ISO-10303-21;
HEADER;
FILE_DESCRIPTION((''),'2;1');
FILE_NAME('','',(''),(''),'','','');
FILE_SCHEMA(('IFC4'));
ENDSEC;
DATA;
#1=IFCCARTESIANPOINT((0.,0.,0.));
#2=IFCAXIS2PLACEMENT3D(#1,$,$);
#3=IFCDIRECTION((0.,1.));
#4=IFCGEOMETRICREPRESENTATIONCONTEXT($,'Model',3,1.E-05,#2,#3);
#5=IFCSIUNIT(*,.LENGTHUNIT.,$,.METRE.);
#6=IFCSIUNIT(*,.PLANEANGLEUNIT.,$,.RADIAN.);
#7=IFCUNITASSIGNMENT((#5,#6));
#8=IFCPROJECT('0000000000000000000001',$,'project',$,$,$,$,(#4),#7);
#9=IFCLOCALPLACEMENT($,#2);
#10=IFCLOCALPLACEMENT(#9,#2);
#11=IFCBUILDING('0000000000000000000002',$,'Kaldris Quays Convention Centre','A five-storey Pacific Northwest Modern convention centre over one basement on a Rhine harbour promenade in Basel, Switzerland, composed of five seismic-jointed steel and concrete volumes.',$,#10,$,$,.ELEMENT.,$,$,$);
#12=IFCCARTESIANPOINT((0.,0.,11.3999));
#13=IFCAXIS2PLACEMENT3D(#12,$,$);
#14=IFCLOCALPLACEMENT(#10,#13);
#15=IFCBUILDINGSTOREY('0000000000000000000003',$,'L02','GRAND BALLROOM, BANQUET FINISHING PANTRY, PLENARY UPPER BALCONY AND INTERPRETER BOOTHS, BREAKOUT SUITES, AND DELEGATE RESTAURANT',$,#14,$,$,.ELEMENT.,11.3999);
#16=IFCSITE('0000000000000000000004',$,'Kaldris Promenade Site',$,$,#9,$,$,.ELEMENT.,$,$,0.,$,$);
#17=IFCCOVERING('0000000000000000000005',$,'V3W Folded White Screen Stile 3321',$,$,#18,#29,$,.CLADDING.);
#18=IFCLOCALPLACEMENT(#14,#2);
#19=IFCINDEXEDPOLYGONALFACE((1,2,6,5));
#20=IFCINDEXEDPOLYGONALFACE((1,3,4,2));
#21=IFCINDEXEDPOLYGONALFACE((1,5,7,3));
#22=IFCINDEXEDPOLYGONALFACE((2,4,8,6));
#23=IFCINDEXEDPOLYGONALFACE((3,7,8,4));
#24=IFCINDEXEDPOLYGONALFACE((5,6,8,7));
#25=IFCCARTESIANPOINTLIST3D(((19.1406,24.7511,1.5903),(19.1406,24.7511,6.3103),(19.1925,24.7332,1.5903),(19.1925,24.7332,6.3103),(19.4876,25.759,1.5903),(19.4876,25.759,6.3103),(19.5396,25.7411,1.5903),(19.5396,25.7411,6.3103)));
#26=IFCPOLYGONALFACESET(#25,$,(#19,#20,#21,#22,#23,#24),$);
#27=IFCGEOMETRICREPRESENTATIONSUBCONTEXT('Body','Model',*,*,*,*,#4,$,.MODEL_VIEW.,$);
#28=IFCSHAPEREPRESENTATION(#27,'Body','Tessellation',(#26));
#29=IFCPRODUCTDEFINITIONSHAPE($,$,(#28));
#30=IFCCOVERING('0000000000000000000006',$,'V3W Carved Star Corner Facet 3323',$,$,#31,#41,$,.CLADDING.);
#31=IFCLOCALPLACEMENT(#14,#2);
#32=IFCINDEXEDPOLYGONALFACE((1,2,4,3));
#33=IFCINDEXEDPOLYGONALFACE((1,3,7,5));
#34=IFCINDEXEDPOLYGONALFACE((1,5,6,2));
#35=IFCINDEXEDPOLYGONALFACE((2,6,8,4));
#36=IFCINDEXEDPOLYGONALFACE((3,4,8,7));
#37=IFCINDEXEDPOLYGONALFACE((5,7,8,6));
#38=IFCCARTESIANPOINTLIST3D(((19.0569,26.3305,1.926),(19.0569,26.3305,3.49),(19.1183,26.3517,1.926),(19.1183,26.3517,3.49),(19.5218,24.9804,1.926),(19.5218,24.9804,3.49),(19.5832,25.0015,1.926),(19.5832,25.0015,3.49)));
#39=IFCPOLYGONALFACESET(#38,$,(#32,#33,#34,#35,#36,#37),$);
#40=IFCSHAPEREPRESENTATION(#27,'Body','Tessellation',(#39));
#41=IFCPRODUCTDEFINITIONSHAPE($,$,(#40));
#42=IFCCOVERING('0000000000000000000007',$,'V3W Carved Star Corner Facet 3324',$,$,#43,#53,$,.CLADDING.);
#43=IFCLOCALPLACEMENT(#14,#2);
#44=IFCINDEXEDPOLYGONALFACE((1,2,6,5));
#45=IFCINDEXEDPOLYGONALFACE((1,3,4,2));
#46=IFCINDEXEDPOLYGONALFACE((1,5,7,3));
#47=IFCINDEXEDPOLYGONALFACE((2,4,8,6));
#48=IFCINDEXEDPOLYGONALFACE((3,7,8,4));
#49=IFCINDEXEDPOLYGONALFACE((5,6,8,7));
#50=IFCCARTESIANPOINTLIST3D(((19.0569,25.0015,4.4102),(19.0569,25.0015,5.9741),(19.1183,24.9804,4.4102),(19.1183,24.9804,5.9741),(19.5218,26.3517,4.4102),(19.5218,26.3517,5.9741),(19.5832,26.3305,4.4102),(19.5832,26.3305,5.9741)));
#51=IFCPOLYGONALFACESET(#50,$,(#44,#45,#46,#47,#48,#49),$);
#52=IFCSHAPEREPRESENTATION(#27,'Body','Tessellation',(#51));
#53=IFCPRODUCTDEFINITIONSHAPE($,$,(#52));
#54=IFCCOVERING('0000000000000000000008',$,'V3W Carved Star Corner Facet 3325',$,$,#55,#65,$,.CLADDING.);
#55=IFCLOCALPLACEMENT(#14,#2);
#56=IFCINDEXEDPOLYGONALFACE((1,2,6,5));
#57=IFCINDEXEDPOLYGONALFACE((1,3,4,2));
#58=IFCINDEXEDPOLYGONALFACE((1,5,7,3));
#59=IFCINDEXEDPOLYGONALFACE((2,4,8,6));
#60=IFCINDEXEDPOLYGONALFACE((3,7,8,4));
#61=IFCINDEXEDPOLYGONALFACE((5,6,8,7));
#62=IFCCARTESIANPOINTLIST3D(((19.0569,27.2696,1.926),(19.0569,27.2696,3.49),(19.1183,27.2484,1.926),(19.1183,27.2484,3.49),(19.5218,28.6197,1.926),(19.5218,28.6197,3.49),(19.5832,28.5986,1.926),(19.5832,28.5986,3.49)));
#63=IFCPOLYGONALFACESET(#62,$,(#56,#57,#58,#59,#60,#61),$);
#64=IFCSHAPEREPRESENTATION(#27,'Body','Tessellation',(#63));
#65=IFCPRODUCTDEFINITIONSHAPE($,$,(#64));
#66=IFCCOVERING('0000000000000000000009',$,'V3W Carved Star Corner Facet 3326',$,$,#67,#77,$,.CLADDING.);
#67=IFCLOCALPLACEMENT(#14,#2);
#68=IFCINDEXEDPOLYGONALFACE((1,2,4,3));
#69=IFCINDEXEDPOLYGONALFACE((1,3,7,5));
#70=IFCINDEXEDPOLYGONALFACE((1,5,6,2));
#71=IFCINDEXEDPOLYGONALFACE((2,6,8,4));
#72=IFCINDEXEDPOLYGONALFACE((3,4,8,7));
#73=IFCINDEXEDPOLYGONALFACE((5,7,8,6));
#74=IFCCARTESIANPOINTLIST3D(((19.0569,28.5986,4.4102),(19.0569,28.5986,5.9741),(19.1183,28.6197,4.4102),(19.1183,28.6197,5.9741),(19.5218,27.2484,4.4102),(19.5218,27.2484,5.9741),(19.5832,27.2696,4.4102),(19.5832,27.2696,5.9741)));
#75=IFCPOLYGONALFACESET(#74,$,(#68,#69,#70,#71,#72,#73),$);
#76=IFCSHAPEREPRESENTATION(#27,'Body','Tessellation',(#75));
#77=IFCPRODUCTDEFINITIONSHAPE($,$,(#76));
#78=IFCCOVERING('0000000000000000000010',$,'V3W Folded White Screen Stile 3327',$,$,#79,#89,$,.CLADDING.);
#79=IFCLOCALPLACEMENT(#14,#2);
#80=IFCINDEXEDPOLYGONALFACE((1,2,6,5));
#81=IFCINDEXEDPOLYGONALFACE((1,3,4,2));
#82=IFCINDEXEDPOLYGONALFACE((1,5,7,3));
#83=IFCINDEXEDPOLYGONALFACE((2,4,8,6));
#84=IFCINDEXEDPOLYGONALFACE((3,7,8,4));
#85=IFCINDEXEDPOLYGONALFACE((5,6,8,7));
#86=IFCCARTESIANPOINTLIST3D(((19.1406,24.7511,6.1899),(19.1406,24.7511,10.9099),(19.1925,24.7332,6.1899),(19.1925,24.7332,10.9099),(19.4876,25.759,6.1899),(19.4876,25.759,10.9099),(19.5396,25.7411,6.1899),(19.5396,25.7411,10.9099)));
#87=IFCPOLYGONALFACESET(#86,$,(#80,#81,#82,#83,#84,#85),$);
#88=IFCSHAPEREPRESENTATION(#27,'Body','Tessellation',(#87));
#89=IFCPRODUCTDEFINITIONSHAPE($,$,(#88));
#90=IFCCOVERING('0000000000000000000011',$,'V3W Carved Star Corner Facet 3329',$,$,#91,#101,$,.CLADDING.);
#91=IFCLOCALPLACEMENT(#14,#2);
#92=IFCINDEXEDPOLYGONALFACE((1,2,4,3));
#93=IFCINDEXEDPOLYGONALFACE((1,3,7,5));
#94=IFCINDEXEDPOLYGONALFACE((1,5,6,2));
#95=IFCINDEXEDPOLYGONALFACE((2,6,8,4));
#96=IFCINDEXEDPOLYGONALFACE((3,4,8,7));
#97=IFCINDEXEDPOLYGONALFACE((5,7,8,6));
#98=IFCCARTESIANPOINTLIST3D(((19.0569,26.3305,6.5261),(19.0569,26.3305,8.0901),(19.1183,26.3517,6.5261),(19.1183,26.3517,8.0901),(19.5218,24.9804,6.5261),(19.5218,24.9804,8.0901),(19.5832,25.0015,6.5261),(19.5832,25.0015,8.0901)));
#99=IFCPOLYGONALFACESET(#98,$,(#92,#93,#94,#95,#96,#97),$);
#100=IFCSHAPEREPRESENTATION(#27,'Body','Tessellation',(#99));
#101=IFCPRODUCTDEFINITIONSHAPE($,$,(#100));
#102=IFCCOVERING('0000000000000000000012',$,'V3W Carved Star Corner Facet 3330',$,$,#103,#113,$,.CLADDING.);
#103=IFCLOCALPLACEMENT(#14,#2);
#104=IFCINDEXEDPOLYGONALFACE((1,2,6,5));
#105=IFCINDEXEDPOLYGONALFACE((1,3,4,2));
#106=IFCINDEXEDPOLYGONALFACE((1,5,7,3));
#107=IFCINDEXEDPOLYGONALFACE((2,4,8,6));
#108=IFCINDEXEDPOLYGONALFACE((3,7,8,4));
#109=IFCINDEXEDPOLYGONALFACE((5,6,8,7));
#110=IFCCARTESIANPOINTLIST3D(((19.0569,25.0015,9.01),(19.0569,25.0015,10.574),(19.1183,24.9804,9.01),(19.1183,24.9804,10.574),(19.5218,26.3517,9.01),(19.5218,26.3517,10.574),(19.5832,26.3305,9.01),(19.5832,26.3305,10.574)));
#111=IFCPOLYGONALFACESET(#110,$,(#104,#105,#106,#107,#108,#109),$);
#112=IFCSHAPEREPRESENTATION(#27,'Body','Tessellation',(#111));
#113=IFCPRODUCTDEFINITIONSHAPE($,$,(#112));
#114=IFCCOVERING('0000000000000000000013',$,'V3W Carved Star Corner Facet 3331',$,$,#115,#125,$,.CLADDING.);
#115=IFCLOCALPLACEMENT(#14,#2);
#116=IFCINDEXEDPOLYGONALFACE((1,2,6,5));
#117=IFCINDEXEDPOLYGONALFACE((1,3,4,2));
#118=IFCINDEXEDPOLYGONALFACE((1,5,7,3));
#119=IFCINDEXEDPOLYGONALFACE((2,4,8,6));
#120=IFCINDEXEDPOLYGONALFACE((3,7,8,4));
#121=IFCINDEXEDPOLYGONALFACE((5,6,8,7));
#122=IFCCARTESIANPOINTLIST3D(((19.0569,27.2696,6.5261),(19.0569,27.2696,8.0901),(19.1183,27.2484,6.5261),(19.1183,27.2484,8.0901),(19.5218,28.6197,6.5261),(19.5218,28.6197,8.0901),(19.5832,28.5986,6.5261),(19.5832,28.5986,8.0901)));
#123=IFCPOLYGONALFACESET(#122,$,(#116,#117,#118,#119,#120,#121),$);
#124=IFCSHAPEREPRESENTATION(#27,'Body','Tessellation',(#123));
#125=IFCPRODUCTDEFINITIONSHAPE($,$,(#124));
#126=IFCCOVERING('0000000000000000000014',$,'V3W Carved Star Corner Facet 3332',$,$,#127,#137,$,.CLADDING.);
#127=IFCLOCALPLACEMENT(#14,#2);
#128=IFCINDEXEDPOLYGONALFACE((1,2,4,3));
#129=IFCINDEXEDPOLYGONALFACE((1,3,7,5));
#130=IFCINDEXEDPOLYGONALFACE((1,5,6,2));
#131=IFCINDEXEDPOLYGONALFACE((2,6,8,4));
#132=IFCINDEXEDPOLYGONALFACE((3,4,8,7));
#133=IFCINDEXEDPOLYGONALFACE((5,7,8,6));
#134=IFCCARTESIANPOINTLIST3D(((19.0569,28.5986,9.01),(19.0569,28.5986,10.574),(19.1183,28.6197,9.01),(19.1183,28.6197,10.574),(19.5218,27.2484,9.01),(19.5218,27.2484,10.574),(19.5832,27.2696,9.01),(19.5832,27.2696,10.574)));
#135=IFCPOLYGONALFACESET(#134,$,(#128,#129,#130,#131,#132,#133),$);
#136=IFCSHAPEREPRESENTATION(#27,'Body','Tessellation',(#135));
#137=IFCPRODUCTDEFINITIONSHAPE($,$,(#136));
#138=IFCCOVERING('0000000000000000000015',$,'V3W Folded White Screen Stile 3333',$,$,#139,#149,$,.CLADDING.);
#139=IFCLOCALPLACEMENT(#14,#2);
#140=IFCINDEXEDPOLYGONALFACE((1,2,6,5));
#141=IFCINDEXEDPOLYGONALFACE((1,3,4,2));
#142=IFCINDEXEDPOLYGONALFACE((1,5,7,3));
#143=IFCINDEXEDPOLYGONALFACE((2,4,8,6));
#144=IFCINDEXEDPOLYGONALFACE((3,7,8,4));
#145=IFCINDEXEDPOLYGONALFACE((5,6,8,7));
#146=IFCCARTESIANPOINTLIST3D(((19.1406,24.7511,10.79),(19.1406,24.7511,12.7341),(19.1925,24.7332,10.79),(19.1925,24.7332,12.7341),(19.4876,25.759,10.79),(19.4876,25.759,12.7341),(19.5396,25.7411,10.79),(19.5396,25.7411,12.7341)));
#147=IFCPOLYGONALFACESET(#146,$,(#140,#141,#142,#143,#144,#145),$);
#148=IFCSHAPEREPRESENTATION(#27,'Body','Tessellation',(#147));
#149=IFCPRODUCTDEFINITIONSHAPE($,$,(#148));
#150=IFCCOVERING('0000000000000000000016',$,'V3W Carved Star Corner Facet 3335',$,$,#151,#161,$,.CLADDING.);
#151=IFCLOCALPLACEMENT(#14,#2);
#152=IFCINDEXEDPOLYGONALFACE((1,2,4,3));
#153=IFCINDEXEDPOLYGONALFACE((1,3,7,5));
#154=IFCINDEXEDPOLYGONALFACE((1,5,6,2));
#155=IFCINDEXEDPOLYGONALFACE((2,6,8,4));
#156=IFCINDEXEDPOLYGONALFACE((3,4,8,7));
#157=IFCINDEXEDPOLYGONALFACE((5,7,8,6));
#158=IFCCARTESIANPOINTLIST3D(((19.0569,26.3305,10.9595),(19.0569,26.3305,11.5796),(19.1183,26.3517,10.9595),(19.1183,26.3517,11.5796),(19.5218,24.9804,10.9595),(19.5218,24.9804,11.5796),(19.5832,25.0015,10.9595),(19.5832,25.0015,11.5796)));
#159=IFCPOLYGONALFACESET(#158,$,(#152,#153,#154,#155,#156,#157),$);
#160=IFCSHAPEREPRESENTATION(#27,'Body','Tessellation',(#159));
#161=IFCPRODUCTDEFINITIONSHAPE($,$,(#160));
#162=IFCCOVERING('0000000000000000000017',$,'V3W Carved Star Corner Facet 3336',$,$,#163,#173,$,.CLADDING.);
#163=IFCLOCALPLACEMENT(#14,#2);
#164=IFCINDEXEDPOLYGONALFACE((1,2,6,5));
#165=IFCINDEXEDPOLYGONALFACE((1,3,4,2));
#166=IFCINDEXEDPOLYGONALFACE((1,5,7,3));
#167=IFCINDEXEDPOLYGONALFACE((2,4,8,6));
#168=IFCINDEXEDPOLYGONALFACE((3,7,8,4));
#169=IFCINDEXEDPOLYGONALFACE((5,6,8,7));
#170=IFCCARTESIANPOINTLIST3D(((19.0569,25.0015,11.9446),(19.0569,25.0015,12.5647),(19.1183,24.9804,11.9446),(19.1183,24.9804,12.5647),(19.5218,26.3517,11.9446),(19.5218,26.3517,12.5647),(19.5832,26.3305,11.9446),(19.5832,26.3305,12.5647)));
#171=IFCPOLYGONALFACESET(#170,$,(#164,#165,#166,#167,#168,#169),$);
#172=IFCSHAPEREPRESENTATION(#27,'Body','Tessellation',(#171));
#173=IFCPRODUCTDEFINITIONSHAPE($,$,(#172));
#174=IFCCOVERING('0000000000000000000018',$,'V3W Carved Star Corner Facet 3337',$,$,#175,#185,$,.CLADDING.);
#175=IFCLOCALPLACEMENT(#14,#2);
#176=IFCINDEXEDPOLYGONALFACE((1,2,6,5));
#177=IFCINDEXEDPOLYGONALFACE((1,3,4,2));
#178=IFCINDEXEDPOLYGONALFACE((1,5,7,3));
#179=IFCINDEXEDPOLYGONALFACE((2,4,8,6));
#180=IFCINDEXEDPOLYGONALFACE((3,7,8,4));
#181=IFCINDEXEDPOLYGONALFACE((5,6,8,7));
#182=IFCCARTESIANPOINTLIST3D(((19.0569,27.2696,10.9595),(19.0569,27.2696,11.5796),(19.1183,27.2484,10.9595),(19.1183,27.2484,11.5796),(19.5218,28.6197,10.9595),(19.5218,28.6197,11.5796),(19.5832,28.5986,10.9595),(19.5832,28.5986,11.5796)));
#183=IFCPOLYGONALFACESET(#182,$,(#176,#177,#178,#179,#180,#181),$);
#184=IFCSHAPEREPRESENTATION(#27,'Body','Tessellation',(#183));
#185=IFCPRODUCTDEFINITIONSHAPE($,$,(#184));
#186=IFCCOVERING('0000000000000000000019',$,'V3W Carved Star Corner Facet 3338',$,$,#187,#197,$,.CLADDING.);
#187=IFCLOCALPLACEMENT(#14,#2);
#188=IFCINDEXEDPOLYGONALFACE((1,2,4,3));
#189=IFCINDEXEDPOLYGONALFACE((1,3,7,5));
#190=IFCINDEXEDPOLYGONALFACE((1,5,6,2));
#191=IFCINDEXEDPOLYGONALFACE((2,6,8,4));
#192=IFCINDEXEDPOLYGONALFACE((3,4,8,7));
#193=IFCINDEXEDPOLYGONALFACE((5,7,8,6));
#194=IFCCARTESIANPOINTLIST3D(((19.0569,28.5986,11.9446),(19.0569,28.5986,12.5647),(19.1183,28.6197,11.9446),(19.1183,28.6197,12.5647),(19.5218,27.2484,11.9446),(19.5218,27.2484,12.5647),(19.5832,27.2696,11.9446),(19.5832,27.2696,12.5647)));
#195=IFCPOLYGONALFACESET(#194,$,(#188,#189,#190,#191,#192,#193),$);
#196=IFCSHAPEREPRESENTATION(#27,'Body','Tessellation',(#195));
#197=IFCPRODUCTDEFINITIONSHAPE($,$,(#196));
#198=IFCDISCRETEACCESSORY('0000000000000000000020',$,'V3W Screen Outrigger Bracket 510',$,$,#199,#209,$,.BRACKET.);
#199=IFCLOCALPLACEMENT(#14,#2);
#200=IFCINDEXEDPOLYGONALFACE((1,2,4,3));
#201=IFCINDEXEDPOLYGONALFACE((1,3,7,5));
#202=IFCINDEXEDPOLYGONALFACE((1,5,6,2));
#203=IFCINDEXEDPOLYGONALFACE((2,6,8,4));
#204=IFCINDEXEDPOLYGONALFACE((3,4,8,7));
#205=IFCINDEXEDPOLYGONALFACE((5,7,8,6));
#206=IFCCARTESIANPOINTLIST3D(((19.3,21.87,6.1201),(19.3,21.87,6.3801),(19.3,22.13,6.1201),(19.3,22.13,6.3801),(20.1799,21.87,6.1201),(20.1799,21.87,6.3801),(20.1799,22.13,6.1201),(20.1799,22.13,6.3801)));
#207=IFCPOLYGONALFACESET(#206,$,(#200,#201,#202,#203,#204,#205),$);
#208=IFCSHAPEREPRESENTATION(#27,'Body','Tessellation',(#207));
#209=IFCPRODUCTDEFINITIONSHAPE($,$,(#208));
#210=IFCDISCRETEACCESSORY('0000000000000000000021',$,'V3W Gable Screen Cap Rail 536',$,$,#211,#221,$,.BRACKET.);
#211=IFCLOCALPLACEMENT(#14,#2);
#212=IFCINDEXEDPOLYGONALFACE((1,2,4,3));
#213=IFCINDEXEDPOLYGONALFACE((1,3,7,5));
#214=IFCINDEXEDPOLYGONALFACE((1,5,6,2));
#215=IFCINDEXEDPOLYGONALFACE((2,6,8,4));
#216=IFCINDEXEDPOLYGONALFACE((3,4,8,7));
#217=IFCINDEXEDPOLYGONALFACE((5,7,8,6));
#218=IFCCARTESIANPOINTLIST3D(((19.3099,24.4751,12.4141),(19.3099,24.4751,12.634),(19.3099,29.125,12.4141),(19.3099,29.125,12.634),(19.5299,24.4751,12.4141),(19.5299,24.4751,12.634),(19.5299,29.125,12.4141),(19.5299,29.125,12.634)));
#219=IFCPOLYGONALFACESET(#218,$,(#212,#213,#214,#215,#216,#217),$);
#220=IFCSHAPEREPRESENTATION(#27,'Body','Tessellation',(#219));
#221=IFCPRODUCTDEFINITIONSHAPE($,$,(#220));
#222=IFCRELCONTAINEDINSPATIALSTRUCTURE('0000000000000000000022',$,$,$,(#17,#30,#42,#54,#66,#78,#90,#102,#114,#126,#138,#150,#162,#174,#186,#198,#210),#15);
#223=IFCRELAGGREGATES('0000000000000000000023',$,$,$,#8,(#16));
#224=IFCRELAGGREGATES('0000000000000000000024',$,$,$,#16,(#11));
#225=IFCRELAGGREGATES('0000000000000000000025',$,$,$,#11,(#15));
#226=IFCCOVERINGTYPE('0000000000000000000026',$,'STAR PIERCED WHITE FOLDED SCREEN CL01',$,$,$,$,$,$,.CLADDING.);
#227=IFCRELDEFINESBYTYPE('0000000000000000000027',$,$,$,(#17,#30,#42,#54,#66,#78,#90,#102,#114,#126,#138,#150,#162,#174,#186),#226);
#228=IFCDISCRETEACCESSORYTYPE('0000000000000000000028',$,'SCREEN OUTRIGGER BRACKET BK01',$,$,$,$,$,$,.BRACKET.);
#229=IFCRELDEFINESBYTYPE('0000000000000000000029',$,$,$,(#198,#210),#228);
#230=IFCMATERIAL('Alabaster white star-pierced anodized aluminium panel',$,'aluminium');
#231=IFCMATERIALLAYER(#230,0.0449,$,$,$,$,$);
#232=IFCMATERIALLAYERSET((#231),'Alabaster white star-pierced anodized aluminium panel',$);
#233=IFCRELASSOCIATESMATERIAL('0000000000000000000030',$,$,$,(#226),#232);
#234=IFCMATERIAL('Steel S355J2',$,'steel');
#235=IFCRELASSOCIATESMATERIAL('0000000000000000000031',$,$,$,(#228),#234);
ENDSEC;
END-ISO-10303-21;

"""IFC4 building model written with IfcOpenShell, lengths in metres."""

from ifc_helpers import new_model, si_unit, direction, frame, origin, origin_2d, place, context, subcontext, project, spatial, rectangle, extrude, material, layer, layer_set, type_object, element, save


model = new_model("IFC4")

# Units and contexts
model_context = context("Model", 3, precision=1e-05, world=origin(), true_north=direction((0.0, 1.0)))
body_context = subcontext(model_context, "Body", "Model", "MODEL_VIEW")
ifc_project = project(units=[si_unit("LENGTHUNIT", "METRE"), si_unit("PLANEANGLEUNIT", "RADIAN")], contexts=[model_context])

# Site, building, storey
site_placement = place(None, origin())
site = spatial("IfcSite", under=ifc_project, at=site_placement, Name="Kaldris Promenade Site", CompositionType="ELEMENT", RefElevation=0.0)
building_placement = place(site_placement, origin())
building = spatial("IfcBuilding", under=site, at=building_placement, Name="Kaldris Quays Convention Centre", Description="A five-storey Pacific Northwest Modern convention centre over one basement on a Rhine harbour promenade in Basel, Switzerland, composed of five seismic-jointed steel and concrete volumes.", CompositionType="ELEMENT")
storey_placement = place(building_placement, frame((0.0, 0.0, 11.3999)))
storey = spatial("IfcBuildingStorey", under=building, at=storey_placement, Name="L02", Description="GRAND BALLROOM, BANQUET FINISHING PANTRY, PLENARY UPPER BALCONY AND INTERPRETER BOOTHS, BREAKOUT SUITES, AND DELEGATE RESTAURANT", CompositionType="ELEMENT", Elevation=11.3999)

# Coverings
ifc_material_1 = material(Name="Alabaster white star-pierced anodized aluminium panel", Category="aluminium")
ifc_layer = layer(ifc_material_1, 0.0449)
ifc_layer_set = layer_set([ifc_layer], Name="Alabaster white star-pierced anodized aluminium panel")
covering_type = type_object("IfcCoveringType", Name="STAR PIERCED WHITE FOLDED SCREEN CL01", PredefinedType="CLADDING", material=ifc_layer_set)
covering_1_placement = place(storey_placement, frame((19.3401, 25.2461, 1.5903), z_axis=(0.0, 0.0, 1.0), x_axis=(0.325568, 0.945519, 0.0)))
element("IfcCovering", 1, at=covering_1_placement, inside=storey, type_object=covering_type, Name="V3W Folded White Screen Stile 3321", PredefinedType="CLADDING", context=body_context, shape_type="SweptSolid", body=[
    extrude(rectangle(XDim=1.0659, YDim=0.0549, at=origin_2d()), origin(), (0.0, 0.0, 1.0), 4.72),
])
for number, where, z_axis, x_axis, name in (
    (2, (19.3201, 25.666, 1.926), (0.0, 0.0, 1.0), (-0.325568, 0.945519, 0.0), "V3W Carved Star Corner Facet 3323"),
    (3, (19.3201, 25.666, 4.4102), (0.0, 0.0, 1.0), (0.325568, 0.945519, 0.0), "V3W Carved Star Corner Facet 3324"),
    (4, (19.3201, 27.9341, 1.926), (0.0, 0.0, 1.0), (0.325568, 0.945519, 0.0), "V3W Carved Star Corner Facet 3325"),
    (5, (19.3201, 27.9341, 4.4102), (0.0, 0.0, 1.0), (-0.325568, 0.945519, 0.0), "V3W Carved Star Corner Facet 3326"),
):
    element("IfcCovering", number, at=place(storey_placement, frame(where, z_axis=z_axis, x_axis=x_axis)), inside=storey, type_object=covering_type, Name=name, PredefinedType="CLADDING", context=body_context, shape_type="SweptSolid", body=[
        extrude(rectangle(XDim=1.428, YDim=0.0649, at=origin_2d()), origin(), (0.0, 0.0, 1.0), 1.564),
    ])
covering_2_placement = place(storey_placement, frame((19.3401, 25.2461, 6.1899), z_axis=(0.0, 0.0, 1.0), x_axis=(0.325568, 0.945519, 0.0)))
element("IfcCovering", 6, at=covering_2_placement, inside=storey, type_object=covering_type, Name="V3W Folded White Screen Stile 3327", PredefinedType="CLADDING", context=body_context, shape_type="SweptSolid", body=[
    extrude(rectangle(XDim=1.0659, YDim=0.0549, at=origin_2d()), origin(), (0.0, 0.0, 1.0), 4.72),
])
for number, where, z_axis, x_axis, name in (
    (7, (19.3201, 25.666, 6.5261), (0.0, 0.0, 1.0), (-0.325568, 0.945519, 0.0), "V3W Carved Star Corner Facet 3329"),
    (8, (19.3201, 25.666, 9.01), (0.0, 0.0, 1.0), (0.325568, 0.945519, 0.0), "V3W Carved Star Corner Facet 3330"),
    (9, (19.3201, 27.9341, 6.5261), (0.0, 0.0, 1.0), (0.325568, 0.945519, 0.0), "V3W Carved Star Corner Facet 3331"),
    (10, (19.3201, 27.9341, 9.01), (0.0, 0.0, 1.0), (-0.325568, 0.945519, 0.0), "V3W Carved Star Corner Facet 3332"),
):
    element("IfcCovering", number, at=place(storey_placement, frame(where, z_axis=z_axis, x_axis=x_axis)), inside=storey, type_object=covering_type, Name=name, PredefinedType="CLADDING", context=body_context, shape_type="SweptSolid", body=[
        extrude(rectangle(XDim=1.428, YDim=0.0649, at=origin_2d()), origin(), (0.0, 0.0, 1.0), 1.564),
    ])
covering_3_placement = place(storey_placement, frame((19.3401, 25.2461, 10.79), z_axis=(0.0, 0.0, 1.0), x_axis=(0.325568, 0.945519, 0.0)))
element("IfcCovering", 11, at=covering_3_placement, inside=storey, type_object=covering_type, Name="V3W Folded White Screen Stile 3333", PredefinedType="CLADDING", context=body_context, shape_type="SweptSolid", body=[
    extrude(rectangle(XDim=1.0659, YDim=0.0549, at=origin_2d()), origin(), (0.0, 0.0, 1.0), 1.9441),
])
for number, where, z_axis, x_axis, name in (
    (12, (19.3201, 25.666, 10.9595), (0.0, 0.0, 1.0), (-0.325568, 0.945519, 0.0), "V3W Carved Star Corner Facet 3335"),
    (13, (19.3201, 25.666, 11.9446), (0.0, 0.0, 1.0), (0.325568, 0.945519, 0.0), "V3W Carved Star Corner Facet 3336"),
    (14, (19.3201, 27.9341, 10.9595), (0.0, 0.0, 1.0), (0.325568, 0.945519, 0.0), "V3W Carved Star Corner Facet 3337"),
    (15, (19.3201, 27.9341, 11.9446), (0.0, 0.0, 1.0), (-0.325568, 0.945519, 0.0), "V3W Carved Star Corner Facet 3338"),
):
    element("IfcCovering", number, at=place(storey_placement, frame(where, z_axis=z_axis, x_axis=x_axis)), inside=storey, type_object=covering_type, Name=name, PredefinedType="CLADDING", context=body_context, shape_type="SweptSolid", body=[
        extrude(rectangle(XDim=1.428, YDim=0.0649, at=origin_2d()), origin(), (0.0, 0.0, 1.0), 0.6201),
    ])

# Discrete accessories
ifc_material_2 = material(Name="Steel S355J2", Category="steel")
discrete_accessory_type = type_object("IfcDiscreteAccessoryType", Name="SCREEN OUTRIGGER BRACKET BK01", PredefinedType="BRACKET", material=ifc_material_2)
discrete_accessory_1_placement = place(storey_placement, frame((19.74, 22.0, 6.1201), z_axis=(0.0, 0.0, 1.0), x_axis=(0.0, 1.0, 0.0)))
element("IfcDiscreteAccessory", 16, at=discrete_accessory_1_placement, inside=storey, type_object=discrete_accessory_type, Name="V3W Screen Outrigger Bracket 510", PredefinedType="BRACKET", context=body_context, shape_type="SweptSolid", body=[
    extrude(rectangle(XDim=0.26, YDim=0.8799, at=origin_2d()), origin(), (0.0, 0.0, 1.0), 0.26),
])
discrete_accessory_2_placement = place(storey_placement, frame((19.4199, 26.8, 12.4141), z_axis=(0.0, 0.0, 1.0), x_axis=(0.0, 1.0, 0.0)))
element("IfcDiscreteAccessory", 17, at=discrete_accessory_2_placement, inside=storey, type_object=discrete_accessory_type, Name="V3W Gable Screen Cap Rail 536", PredefinedType="BRACKET", context=body_context, shape_type="SweptSolid", body=[
    extrude(rectangle(XDim=4.6499, YDim=0.22, at=origin_2d()), origin(), (0.0, 0.0, 1.0), 0.22),
])

save(model, "model.ifc")
